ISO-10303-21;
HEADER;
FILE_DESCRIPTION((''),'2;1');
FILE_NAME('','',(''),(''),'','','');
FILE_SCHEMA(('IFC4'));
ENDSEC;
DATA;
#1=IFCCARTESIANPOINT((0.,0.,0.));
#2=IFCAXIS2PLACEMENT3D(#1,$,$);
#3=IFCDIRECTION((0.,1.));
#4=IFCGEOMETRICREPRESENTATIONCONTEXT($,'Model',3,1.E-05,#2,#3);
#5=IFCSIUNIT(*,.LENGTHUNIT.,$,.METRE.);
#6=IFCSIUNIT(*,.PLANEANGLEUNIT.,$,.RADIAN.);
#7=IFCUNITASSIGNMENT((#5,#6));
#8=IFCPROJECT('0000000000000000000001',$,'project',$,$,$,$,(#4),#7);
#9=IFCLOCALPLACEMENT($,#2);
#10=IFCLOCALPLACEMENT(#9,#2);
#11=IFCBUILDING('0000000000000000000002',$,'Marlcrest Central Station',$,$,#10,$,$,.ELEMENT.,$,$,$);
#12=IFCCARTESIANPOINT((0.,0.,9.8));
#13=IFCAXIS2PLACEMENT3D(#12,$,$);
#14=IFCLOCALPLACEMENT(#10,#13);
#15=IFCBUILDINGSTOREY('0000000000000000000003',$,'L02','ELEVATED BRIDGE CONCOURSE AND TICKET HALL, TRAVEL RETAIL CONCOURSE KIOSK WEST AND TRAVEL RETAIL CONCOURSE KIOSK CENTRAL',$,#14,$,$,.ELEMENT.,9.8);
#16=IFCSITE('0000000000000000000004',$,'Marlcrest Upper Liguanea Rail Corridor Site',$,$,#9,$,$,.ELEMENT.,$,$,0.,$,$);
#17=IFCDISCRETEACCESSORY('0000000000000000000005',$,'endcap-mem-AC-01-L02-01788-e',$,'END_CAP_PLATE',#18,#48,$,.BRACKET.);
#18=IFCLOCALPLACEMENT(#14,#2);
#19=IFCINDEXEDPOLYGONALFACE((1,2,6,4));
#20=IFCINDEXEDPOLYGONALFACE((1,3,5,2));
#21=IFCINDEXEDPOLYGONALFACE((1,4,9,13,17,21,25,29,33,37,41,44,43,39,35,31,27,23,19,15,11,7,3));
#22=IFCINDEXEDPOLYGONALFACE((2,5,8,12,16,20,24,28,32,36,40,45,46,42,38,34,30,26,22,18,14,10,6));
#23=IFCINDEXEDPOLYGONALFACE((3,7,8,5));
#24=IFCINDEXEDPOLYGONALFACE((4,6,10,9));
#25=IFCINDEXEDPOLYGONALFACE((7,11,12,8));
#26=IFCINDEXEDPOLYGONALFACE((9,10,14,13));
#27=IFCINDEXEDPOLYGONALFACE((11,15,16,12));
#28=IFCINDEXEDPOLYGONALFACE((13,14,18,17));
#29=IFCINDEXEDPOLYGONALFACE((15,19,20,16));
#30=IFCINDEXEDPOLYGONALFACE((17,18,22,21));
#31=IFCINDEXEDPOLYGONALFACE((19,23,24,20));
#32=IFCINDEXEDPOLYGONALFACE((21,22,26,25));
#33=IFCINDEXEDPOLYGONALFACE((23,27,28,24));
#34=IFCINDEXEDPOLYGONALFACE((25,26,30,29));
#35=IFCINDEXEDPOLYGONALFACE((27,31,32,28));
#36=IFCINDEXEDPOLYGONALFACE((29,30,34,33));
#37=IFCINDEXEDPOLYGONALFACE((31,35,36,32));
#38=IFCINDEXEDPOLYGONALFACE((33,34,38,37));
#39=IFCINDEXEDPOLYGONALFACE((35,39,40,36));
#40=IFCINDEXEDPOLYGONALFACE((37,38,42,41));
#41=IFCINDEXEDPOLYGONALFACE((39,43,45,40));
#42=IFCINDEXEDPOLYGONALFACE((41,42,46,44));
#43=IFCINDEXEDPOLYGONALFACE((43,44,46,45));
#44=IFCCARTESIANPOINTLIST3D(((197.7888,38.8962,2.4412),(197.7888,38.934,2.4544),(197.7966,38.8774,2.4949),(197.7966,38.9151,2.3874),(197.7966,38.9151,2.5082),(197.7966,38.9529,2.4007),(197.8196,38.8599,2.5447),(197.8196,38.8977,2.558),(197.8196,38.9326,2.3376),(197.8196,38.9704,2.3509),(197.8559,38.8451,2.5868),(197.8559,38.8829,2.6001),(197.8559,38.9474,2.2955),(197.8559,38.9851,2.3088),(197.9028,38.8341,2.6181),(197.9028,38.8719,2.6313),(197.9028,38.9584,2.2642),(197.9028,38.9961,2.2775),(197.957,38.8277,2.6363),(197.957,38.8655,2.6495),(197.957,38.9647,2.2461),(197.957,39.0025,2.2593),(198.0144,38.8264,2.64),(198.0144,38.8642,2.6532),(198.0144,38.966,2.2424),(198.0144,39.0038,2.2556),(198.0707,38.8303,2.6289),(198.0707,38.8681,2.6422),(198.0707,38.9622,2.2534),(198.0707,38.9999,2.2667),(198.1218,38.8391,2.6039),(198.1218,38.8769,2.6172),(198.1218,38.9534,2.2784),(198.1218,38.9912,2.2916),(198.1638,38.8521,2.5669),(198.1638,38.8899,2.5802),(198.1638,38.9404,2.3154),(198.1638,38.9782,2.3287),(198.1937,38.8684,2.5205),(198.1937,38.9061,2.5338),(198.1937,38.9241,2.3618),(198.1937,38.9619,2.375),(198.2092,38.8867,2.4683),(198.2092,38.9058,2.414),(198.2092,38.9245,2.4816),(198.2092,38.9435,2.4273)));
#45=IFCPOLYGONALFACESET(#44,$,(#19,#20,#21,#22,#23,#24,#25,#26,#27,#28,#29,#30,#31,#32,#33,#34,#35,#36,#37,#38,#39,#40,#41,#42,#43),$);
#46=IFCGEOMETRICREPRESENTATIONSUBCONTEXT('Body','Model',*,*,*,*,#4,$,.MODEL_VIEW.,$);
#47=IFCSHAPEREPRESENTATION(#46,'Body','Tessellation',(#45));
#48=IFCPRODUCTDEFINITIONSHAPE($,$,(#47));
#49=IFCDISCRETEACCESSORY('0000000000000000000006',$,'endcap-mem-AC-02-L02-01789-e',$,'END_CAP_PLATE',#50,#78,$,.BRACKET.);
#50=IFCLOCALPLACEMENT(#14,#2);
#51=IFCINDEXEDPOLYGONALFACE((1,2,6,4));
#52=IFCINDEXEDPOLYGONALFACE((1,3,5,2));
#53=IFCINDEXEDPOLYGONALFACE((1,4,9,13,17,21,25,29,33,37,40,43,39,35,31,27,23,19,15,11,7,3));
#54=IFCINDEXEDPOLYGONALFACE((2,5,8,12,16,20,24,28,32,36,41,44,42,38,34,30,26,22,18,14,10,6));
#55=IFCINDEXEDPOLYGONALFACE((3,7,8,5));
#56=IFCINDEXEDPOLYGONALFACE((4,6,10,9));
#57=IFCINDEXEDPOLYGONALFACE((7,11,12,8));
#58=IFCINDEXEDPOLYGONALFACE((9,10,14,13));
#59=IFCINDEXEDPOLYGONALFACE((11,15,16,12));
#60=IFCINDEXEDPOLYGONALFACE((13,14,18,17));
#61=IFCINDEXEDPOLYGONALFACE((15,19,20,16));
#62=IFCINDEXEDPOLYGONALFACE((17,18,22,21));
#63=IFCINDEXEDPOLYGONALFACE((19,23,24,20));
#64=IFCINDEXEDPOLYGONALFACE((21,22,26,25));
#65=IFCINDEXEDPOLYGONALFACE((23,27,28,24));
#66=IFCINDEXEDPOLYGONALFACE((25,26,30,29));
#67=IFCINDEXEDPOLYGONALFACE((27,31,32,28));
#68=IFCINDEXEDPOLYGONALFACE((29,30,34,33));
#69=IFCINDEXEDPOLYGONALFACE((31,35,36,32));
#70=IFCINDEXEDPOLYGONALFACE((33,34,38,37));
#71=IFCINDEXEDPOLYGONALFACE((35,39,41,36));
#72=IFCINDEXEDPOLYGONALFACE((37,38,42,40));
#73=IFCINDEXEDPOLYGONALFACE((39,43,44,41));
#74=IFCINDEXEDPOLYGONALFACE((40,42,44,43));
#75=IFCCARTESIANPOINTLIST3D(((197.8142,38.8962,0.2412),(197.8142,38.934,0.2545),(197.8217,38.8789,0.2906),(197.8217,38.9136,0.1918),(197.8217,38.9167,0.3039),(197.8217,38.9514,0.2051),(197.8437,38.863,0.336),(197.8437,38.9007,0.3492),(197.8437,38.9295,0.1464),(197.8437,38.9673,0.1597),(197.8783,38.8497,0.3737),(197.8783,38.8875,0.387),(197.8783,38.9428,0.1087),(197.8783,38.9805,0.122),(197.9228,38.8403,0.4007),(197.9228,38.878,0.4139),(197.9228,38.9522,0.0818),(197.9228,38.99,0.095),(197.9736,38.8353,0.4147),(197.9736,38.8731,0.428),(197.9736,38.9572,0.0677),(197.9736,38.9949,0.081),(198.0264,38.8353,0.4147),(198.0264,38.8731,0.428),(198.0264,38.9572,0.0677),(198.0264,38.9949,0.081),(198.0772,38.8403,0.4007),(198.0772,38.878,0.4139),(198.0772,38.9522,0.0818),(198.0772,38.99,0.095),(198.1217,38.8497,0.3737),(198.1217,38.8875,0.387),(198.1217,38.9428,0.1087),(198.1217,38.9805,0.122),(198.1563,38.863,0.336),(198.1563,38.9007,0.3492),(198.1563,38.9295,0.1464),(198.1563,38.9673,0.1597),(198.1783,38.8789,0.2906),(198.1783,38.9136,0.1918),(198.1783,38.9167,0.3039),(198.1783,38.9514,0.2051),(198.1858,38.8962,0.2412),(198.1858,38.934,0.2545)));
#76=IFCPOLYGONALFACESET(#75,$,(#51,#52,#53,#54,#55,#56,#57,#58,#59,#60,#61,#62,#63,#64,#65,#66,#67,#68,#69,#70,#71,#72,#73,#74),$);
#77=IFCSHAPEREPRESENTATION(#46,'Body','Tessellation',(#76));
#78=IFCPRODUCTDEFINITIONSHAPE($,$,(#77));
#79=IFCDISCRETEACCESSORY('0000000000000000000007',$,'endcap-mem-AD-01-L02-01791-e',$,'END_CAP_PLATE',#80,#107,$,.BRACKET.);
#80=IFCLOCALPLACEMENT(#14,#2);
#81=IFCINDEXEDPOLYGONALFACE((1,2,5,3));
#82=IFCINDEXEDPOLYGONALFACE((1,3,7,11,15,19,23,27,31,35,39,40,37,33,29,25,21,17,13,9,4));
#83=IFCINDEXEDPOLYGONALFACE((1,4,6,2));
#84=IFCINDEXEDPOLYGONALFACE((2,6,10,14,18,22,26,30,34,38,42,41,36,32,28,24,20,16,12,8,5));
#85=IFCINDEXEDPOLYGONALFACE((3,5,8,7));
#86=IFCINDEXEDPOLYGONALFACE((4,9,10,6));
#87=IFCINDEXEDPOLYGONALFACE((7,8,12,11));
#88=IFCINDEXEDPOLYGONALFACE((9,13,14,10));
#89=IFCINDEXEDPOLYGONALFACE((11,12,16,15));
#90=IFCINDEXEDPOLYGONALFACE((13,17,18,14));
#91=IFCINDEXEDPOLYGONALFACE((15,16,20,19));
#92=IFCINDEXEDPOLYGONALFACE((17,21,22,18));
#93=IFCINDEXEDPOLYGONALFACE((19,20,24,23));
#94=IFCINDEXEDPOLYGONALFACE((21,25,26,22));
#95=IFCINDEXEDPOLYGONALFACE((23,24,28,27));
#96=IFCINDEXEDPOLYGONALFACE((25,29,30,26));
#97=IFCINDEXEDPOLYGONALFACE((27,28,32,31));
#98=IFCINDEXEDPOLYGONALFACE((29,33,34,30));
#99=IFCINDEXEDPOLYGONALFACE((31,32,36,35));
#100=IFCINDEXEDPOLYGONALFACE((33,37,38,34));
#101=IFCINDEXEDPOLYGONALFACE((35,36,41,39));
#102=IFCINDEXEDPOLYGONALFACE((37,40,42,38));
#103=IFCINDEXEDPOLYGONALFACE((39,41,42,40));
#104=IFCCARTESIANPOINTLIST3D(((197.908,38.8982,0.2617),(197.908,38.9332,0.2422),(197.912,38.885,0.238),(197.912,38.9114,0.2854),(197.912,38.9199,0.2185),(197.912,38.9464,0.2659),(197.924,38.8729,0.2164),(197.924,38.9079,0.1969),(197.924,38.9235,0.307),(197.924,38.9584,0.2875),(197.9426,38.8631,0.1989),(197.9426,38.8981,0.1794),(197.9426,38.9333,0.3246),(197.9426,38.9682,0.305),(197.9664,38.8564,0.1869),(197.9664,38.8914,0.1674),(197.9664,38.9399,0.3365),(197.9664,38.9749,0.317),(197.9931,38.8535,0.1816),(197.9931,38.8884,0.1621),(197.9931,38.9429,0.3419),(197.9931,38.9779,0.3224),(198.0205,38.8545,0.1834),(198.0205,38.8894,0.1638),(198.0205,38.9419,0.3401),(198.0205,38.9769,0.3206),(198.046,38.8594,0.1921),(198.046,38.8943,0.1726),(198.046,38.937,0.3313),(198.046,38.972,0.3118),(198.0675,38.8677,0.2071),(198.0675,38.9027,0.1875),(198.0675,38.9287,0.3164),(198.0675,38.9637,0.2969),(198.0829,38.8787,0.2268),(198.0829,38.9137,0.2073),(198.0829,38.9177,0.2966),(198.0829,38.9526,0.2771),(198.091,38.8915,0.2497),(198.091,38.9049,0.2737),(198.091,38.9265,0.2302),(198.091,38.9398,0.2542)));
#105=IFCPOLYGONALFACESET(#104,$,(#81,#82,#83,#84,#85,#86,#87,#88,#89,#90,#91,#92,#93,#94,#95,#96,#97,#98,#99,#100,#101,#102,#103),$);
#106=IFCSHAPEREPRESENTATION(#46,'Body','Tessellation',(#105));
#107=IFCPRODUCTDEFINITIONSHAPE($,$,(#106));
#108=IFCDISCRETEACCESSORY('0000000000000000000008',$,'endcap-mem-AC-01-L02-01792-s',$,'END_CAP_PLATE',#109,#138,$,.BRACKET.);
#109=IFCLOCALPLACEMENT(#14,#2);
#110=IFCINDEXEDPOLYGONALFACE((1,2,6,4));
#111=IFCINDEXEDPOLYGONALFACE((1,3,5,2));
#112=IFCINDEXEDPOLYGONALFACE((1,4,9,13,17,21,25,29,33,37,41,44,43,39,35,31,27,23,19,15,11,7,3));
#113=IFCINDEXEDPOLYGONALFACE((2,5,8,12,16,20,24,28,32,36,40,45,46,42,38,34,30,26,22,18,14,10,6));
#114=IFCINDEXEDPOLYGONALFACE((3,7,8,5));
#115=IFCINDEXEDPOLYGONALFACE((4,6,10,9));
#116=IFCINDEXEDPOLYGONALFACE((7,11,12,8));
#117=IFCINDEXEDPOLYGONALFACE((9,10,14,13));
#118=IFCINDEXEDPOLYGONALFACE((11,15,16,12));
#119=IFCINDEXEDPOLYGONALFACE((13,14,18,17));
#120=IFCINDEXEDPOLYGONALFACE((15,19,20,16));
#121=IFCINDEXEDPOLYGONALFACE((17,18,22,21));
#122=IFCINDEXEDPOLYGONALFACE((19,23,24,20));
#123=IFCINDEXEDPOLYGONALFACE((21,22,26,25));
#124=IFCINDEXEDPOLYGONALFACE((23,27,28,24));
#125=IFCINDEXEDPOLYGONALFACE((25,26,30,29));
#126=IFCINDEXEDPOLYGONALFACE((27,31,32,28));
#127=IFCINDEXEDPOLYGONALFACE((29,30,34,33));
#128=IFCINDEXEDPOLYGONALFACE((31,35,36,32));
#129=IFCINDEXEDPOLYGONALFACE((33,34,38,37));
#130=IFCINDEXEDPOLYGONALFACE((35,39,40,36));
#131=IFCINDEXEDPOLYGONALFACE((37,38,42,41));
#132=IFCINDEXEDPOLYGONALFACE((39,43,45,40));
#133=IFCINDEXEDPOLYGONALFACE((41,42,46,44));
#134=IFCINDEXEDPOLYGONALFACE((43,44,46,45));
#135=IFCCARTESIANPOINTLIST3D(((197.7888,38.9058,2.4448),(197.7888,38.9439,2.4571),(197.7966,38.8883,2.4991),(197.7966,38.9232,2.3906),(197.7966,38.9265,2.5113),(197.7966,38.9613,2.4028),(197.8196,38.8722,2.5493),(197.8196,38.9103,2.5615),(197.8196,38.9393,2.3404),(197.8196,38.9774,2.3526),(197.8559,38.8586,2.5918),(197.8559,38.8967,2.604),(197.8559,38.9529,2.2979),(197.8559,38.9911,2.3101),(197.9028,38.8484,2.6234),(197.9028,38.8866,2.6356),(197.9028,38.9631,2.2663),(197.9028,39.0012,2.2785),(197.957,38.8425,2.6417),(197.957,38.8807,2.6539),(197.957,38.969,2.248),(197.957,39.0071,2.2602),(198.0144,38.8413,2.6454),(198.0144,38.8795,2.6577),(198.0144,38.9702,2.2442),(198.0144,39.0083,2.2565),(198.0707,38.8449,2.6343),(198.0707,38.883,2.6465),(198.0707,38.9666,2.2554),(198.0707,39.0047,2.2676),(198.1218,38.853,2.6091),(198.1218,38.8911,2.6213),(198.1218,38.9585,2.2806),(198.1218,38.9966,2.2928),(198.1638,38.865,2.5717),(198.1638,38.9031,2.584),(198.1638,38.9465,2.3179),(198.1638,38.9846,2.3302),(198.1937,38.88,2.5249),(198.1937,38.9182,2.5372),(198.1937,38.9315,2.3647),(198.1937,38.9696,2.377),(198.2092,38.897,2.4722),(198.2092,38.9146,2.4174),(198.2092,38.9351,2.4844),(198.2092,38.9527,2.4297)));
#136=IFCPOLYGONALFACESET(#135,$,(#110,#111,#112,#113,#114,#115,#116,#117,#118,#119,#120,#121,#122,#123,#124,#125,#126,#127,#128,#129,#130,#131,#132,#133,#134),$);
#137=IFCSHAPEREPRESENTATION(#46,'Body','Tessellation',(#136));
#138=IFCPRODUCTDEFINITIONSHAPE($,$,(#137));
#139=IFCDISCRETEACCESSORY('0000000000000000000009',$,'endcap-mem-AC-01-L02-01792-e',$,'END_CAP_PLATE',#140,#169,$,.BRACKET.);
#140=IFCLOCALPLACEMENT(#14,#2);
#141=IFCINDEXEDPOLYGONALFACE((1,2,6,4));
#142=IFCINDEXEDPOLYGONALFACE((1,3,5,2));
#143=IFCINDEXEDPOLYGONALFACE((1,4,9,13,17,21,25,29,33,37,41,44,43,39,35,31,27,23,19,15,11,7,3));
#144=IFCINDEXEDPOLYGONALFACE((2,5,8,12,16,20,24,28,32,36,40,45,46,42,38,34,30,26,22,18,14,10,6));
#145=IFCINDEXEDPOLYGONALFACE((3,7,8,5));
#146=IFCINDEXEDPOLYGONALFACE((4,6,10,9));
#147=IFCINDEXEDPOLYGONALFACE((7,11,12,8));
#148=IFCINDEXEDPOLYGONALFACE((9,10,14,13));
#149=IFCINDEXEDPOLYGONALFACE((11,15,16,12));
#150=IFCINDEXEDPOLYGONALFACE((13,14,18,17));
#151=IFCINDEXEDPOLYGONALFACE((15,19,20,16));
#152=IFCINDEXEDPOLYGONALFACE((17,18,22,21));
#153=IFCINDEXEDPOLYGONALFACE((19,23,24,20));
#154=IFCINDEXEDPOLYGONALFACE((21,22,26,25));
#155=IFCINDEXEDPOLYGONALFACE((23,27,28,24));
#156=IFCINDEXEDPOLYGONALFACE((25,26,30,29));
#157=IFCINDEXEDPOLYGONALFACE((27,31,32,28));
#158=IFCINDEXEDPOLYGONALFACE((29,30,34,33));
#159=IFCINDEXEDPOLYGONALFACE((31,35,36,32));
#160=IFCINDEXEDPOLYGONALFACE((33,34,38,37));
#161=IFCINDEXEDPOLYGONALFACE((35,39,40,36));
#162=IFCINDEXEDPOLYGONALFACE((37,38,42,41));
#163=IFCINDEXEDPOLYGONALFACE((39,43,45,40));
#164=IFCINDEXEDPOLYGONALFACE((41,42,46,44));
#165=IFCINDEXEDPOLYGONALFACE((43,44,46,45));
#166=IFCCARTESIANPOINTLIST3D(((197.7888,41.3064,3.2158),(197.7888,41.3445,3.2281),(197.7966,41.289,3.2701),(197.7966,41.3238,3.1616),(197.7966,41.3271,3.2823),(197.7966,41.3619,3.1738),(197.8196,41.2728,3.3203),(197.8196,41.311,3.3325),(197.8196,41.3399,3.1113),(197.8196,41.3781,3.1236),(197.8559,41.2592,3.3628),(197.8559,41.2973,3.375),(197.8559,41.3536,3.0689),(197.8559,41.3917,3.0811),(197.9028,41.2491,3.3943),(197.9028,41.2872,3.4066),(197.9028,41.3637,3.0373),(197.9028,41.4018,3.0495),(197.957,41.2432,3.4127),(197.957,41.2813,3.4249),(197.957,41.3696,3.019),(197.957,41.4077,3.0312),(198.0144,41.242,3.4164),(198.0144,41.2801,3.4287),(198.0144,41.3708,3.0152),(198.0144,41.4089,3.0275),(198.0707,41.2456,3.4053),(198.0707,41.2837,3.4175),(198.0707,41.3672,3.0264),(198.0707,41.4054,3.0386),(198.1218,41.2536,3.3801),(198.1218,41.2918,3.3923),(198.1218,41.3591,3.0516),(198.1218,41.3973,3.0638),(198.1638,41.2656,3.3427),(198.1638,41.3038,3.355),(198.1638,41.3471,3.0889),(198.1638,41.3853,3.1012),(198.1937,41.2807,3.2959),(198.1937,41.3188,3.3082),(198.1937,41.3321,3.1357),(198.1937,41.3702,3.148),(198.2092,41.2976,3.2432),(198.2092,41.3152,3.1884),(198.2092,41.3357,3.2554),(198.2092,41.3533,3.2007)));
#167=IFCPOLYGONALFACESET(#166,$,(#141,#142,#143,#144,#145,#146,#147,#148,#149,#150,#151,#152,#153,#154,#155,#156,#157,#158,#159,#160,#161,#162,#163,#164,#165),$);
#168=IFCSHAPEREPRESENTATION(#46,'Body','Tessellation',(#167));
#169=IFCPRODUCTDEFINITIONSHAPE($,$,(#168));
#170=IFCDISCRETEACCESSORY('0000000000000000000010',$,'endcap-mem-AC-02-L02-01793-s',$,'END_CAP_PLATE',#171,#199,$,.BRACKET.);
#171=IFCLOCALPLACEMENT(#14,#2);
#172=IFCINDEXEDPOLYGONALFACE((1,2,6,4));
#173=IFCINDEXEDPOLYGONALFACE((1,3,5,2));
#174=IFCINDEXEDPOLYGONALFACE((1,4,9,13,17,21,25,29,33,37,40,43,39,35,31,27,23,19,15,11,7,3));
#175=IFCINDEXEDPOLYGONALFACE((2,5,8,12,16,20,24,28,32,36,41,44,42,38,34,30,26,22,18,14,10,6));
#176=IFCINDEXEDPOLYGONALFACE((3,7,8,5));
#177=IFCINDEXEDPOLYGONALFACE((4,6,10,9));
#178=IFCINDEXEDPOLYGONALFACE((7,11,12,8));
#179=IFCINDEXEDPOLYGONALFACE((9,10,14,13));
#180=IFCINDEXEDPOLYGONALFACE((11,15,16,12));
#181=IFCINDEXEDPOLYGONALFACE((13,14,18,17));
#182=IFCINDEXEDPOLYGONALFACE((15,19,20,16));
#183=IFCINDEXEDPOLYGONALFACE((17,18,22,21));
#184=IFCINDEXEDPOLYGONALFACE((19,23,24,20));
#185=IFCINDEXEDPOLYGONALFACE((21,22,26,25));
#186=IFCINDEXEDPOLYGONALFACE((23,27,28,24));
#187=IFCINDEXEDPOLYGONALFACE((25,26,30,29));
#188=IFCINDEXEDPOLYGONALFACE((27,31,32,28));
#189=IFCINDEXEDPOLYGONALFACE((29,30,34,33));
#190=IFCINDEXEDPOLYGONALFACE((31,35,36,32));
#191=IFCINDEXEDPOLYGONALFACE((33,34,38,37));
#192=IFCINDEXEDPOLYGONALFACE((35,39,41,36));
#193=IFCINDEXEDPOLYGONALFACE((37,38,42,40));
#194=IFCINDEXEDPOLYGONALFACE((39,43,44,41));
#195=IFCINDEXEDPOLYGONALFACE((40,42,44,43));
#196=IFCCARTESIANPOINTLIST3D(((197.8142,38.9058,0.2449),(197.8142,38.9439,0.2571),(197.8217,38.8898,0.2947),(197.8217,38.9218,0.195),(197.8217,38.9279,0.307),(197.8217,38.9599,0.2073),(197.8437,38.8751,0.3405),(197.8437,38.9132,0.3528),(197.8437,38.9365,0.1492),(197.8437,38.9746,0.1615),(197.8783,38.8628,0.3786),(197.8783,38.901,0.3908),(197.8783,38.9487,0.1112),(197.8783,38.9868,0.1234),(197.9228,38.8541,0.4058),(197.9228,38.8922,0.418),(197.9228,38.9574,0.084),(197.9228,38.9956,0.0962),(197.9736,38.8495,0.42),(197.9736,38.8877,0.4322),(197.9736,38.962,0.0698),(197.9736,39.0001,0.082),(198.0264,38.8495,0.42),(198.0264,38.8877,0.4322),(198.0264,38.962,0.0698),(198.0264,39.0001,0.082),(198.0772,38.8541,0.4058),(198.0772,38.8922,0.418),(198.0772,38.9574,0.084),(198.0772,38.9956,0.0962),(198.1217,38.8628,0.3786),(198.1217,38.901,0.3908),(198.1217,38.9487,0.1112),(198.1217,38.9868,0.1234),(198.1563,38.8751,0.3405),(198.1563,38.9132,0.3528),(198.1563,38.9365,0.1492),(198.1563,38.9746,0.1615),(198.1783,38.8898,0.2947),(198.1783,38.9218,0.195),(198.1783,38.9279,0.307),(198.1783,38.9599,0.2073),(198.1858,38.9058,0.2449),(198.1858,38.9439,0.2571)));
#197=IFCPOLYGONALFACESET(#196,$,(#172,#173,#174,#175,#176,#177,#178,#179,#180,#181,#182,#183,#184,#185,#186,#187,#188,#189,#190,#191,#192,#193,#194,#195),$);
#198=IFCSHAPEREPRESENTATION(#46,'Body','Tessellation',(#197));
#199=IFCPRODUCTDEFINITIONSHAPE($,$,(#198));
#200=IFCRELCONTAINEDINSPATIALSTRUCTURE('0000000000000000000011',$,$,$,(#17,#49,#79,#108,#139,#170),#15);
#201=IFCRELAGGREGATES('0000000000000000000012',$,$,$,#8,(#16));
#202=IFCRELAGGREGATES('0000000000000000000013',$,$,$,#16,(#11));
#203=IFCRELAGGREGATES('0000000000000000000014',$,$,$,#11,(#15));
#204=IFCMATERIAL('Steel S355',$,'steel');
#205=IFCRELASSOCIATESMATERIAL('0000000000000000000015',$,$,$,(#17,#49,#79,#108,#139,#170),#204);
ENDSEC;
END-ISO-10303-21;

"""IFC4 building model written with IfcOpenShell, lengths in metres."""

from ifc_helpers import new_model, si_unit, direction, frame, origin, origin_2d, place, context, subcontext, project, spatial, circle, extrude, material, element, save


model = new_model("IFC4")

# Units and contexts
model_context = context("Model", 3, precision=1e-05, world=origin(), true_north=direction((0.0, 1.0)))
body_context = subcontext(model_context, "Body", "Model", "MODEL_VIEW")
ifc_project = project(units=[si_unit("LENGTHUNIT", "METRE"), si_unit("PLANEANGLEUNIT", "RADIAN")], contexts=[model_context])

# Site, building, storey
site_placement = place(None, origin())
site = spatial("IfcSite", under=ifc_project, at=site_placement, Name="Marlcrest Upper Liguanea Rail Corridor Site", CompositionType="ELEMENT", RefElevation=0.0)
building_placement = place(site_placement, origin())
building = spatial("IfcBuilding", under=site, at=building_placement, Name="Marlcrest Central Station", CompositionType="ELEMENT")
storey_placement = place(building_placement, frame((0.0, 0.0, 9.8)))
storey = spatial("IfcBuildingStorey", under=building, at=storey_placement, Name="L02", Description="ELEVATED BRIDGE CONCOURSE AND TICKET HALL, TRAVEL RETAIL CONCOURSE KIOSK WEST AND TRAVEL RETAIL CONCOURSE KIOSK CENTRAL", CompositionType="ELEMENT", Elevation=9.8)

# Shared definitions
ifc_material_1 = material(Name="Steel S355", Category="steel")

# Discrete accessories
discrete_accessory_1_placement = place(storey_placement, frame((198.0, 38.8962, 2.4412), z_axis=(0.0, 0.943537, 0.331266), x_axis=(-1.0, 0.0, 0.0)))
element("IfcDiscreteAccessory", 1, at=discrete_accessory_1_placement, inside=storey, material=ifc_material_1, Name="endcap-mem-AC-01-L02-01788-e", ObjectType="END_CAP_PLATE", PredefinedType="BRACKET", context=body_context, shape_type="SweptSolid", body=[
    extrude(circle(Radius=0.2112, at=origin_2d()), origin(), (0.0, 0.0, 1.0), 0.04),
])
discrete_accessory_2_placement = place(storey_placement, frame((198.0, 38.8962, 0.2412), z_axis=(0.0, 0.943537, 0.331266), x_axis=(-1.0, 0.0, 0.0)))
element("IfcDiscreteAccessory", 2, at=discrete_accessory_2_placement, inside=storey, material=ifc_material_1, Name="endcap-mem-AC-02-L02-01789-e", ObjectType="END_CAP_PLATE", PredefinedType="BRACKET", context=body_context, shape_type="SweptSolid", body=[
    extrude(circle(Radius=0.1858, at=origin_2d()), origin(), (0.0, 0.0, 1.0), 0.04),
])
discrete_accessory_3_placement = place(storey_placement, frame((198.0, 38.8982, 0.2617), z_axis=(0.0, 0.873246, -0.48728), x_axis=(-1.0, 0.0, 0.0)))
element("IfcDiscreteAccessory", 3, at=discrete_accessory_3_placement, inside=storey, material=ifc_material_1, Name="endcap-mem-AD-01-L02-01791-e", ObjectType="END_CAP_PLATE", PredefinedType="BRACKET", context=body_context, shape_type="SweptSolid", body=[
    extrude(circle(Radius=0.092, at=origin_2d()), origin(), (0.0, 0.0, 1.0), 0.04),
])
for number, where, z_axis, x_axis, name in (
    (4, (198.0, 38.9058, 2.4448), (0.0, 0.952117, 0.305734), (-1.0, 0.0, 0.0), "endcap-mem-AC-01-L02-01792-s"),
    (5, (198.0, 41.3064, 3.2158), (0.0, 0.952117, 0.305734), (-1.0, 0.0, 0.0), "endcap-mem-AC-01-L02-01792-e"),
):
    element("IfcDiscreteAccessory", number, at=place(storey_placement, frame(where, z_axis=z_axis, x_axis=x_axis)), inside=storey, material=ifc_material_1, Name=name, ObjectType="END_CAP_PLATE", PredefinedType="BRACKET", context=body_context, shape_type="SweptSolid", body=[
        extrude(circle(Radius=0.2112, at=origin_2d()), origin(), (0.0, 0.0, 1.0), 0.04),
    ])
for number, where, z_axis, x_axis, name in (
    (6, (198.0, 38.9058, 0.2449), (0.0, 0.952117, 0.305734), (-1.0, 0.0, 0.0), "endcap-mem-AC-02-L02-01793-s"),
):
    element("IfcDiscreteAccessory", number, at=place(storey_placement, frame(where, z_axis=z_axis, x_axis=x_axis)), inside=storey, material=ifc_material_1, Name=name, ObjectType="END_CAP_PLATE", PredefinedType="BRACKET", context=body_context, shape_type="SweptSolid", body=[
        extrude(circle(Radius=0.1858, at=origin_2d()), origin(), (0.0, 0.0, 1.0), 0.04),
    ])

save(model, "model.ifc")
